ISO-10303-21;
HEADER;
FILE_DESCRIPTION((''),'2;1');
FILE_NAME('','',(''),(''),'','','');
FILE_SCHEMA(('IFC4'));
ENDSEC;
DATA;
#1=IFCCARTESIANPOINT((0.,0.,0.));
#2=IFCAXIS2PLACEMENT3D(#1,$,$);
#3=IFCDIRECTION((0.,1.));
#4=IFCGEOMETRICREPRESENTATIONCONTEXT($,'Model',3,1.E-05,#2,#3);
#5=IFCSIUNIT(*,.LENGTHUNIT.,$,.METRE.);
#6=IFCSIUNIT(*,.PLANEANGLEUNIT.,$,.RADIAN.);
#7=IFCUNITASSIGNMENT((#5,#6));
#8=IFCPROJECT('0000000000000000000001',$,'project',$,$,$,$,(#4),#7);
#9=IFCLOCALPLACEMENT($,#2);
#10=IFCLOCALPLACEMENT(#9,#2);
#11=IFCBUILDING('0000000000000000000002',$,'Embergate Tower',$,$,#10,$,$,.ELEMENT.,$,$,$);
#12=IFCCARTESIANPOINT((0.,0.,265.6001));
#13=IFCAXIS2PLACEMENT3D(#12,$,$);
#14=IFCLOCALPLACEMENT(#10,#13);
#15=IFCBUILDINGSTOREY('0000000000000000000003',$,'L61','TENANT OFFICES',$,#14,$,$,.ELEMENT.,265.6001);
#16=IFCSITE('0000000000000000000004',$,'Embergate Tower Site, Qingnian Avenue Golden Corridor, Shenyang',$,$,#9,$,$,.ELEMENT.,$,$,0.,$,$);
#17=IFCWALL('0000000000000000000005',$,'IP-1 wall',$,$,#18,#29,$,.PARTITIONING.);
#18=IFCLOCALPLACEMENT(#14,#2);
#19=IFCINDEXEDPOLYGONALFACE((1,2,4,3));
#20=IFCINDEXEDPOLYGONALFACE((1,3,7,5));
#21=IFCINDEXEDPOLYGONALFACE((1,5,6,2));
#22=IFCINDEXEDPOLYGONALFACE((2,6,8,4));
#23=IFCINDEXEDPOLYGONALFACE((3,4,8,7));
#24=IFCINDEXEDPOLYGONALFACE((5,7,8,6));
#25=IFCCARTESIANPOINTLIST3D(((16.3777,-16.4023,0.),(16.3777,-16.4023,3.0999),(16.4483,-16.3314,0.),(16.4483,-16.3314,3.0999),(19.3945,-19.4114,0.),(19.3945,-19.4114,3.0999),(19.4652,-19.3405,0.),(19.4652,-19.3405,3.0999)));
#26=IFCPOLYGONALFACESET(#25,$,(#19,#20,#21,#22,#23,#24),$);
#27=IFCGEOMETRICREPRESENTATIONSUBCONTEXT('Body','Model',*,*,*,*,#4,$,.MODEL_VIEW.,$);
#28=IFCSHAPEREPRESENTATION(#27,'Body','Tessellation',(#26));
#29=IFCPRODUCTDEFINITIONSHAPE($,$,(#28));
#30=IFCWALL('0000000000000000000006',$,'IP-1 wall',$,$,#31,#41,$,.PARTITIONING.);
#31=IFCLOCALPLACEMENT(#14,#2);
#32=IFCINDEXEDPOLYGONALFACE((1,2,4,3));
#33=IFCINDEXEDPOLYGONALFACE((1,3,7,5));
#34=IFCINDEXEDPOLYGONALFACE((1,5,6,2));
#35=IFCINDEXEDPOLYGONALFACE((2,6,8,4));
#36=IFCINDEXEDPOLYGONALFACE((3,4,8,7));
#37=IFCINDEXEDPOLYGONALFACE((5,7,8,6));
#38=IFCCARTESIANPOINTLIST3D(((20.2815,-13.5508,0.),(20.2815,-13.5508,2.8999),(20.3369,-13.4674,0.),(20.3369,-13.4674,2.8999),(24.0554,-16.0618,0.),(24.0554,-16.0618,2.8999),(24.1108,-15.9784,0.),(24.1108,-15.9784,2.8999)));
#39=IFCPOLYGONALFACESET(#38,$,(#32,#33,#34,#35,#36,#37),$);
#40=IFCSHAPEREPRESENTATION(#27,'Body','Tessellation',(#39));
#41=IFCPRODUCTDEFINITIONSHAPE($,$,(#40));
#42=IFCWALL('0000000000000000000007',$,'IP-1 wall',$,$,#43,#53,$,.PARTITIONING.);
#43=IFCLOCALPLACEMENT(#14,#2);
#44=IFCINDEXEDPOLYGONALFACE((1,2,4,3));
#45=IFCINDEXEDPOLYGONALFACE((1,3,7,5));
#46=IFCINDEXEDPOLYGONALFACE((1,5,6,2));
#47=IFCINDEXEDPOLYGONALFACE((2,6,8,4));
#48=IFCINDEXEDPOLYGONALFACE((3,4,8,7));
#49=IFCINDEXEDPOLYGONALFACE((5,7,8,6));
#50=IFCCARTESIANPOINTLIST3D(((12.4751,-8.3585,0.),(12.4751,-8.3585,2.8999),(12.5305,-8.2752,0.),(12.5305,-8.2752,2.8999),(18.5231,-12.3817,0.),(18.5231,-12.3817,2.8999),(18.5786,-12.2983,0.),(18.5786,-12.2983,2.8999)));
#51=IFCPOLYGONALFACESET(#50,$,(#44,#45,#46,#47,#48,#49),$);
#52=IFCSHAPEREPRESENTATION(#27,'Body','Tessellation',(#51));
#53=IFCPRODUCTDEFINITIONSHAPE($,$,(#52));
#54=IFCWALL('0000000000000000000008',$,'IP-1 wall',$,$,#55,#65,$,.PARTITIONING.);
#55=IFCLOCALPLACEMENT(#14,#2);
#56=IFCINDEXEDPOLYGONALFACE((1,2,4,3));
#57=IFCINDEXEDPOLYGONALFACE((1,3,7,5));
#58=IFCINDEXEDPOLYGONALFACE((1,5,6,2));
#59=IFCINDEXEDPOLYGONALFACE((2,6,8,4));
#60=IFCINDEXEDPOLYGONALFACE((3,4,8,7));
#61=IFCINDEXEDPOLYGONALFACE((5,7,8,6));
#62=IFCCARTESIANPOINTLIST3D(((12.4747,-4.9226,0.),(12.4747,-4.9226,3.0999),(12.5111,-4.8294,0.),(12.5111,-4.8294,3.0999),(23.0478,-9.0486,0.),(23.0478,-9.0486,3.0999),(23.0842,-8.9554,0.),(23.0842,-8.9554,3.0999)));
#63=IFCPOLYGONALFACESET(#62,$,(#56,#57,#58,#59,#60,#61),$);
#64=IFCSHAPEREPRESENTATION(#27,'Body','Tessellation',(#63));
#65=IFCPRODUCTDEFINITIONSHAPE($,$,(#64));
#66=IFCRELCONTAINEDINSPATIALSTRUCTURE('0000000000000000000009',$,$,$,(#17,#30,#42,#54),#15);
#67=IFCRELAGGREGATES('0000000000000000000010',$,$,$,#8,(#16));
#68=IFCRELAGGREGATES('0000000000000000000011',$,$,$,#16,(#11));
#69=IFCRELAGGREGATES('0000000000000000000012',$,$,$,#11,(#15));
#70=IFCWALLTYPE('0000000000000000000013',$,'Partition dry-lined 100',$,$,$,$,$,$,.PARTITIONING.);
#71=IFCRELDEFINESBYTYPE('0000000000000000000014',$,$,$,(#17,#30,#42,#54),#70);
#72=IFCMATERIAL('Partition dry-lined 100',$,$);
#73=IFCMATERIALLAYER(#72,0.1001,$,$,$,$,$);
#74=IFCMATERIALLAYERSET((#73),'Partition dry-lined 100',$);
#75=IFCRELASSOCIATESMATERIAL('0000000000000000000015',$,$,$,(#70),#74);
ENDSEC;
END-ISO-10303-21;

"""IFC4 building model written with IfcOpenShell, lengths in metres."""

from ifc_helpers import new_model, si_unit, direction, frame, frame_2d, origin, place, context, subcontext, project, spatial, rectangle, extrude, source, transform, mapped, material, layer, layer_set, type_object, element, save


model = new_model("IFC4")

# Units and contexts
model_context = context("Model", 3, precision=1e-05, world=origin(), true_north=direction((0.0, 1.0)))
body_context = subcontext(model_context, "Body", "Model", "MODEL_VIEW")
ifc_project = project(units=[si_unit("LENGTHUNIT", "METRE"), si_unit("PLANEANGLEUNIT", "RADIAN")], contexts=[model_context])

# Site, building, storey
site_placement = place(None, origin())
site = spatial("IfcSite", under=ifc_project, at=site_placement, Name="Embergate Tower Site, Qingnian Avenue Golden Corridor, Shenyang", CompositionType="ELEMENT", RefElevation=0.0)
building_placement = place(site_placement, origin())
building = spatial("IfcBuilding", under=site, at=building_placement, Name="Embergate Tower", CompositionType="ELEMENT")
storey_placement = place(building_placement, frame((0.0, 0.0, 265.6001)))
storey = spatial("IfcBuildingStorey", under=building, at=storey_placement, Name="L61", Description="TENANT OFFICES", CompositionType="ELEMENT", Elevation=265.6001)

# Walls
ifc_material_1 = material(Name="Partition dry-lined 100")
ifc_layer_1 = layer(ifc_material_1, 0.1001)
ifc_layer_set_1 = layer_set([ifc_layer_1], Name="Partition dry-lined 100")
wall_type_1 = type_object("IfcWallType", Name="Partition dry-lined 100", PredefinedType="PARTITIONING", material=ifc_layer_set_1)
shared_shape_1 = source(origin(), body_context, "Body", "SweptSolid", [
    extrude(rectangle(XDim=4.261, YDim=0.1001, at=frame_2d((2.1304, 0.0))), origin(), (0.0, 0.0, 1.0), 3.0999),
])
wall_1_placement = place(storey_placement, frame((16.4131, -16.3669, 0.0), z_axis=(0.0, 0.0, 1.0), x_axis=(0.708023, -0.706189, 0.0)))
element("IfcWall", 1, at=wall_1_placement, inside=storey, type_object=wall_type_1, Name="IP-1 wall", PredefinedType="PARTITIONING", context=body_context, shape_type="MappedRepresentation", body=[
    mapped(shared_shape_1, transform((0.0, 0.0, 0.0))),
])
shared_shape_2 = source(origin(), body_context, "Body", "SweptSolid", [
    extrude(rectangle(XDim=4.533, YDim=0.1001, at=frame_2d((2.2666, 0.0))), origin(), (0.0, 0.0, 1.0), 2.8999),
])
wall_2_placement = place(storey_placement, frame((20.3091, -13.509, 0.0), z_axis=(0.0, 0.0, 1.0), x_axis=(0.832555, -0.553942, 0.0)))
element("IfcWall", 2, at=wall_2_placement, inside=storey, type_object=wall_type_1, Name="IP-1 wall", PredefinedType="PARTITIONING", context=body_context, shape_type="MappedRepresentation", body=[
    mapped(shared_shape_2, transform((0.0, 0.0, 0.0))),
])
shared_shape_3 = source(origin(), body_context, "Body", "SweptSolid", [
    extrude(rectangle(XDim=7.2639, YDim=0.1001, at=frame_2d((3.6318, 0.0))), origin(), (0.0, 0.0, 1.0), 2.8999),
])
wall_3_placement = place(storey_placement, frame((12.5029, -8.3169, 0.0), z_axis=(0.0, 0.0, 1.0), x_axis=(0.832613, -0.553854, 0.0)))
element("IfcWall", 3, at=wall_3_placement, inside=storey, type_object=wall_type_1, Name="IP-1 wall", PredefinedType="PARTITIONING", context=body_context, shape_type="MappedRepresentation", body=[
    mapped(shared_shape_3, transform((0.0, 0.0, 0.0))),
])
shared_shape_4 = source(origin(), body_context, "Body", "SweptSolid", [
    extrude(rectangle(XDim=11.3496, YDim=0.1001, at=frame_2d((5.6748, 0.0))), origin(), (0.0, 0.0, 1.0), 3.0999),
])
wall_4_placement = place(storey_placement, frame((12.4929, -4.876, 0.0), z_axis=(0.0, 0.0, 1.0), x_axis=(0.93158, -0.363537, 0.0)))
element("IfcWall", 4, at=wall_4_placement, inside=storey, type_object=wall_type_1, Name="IP-1 wall", PredefinedType="PARTITIONING", context=body_context, shape_type="MappedRepresentation", body=[
    mapped(shared_shape_4, transform((0.0, 0.0, 0.0))),
])

save(model, "model.ifc")
